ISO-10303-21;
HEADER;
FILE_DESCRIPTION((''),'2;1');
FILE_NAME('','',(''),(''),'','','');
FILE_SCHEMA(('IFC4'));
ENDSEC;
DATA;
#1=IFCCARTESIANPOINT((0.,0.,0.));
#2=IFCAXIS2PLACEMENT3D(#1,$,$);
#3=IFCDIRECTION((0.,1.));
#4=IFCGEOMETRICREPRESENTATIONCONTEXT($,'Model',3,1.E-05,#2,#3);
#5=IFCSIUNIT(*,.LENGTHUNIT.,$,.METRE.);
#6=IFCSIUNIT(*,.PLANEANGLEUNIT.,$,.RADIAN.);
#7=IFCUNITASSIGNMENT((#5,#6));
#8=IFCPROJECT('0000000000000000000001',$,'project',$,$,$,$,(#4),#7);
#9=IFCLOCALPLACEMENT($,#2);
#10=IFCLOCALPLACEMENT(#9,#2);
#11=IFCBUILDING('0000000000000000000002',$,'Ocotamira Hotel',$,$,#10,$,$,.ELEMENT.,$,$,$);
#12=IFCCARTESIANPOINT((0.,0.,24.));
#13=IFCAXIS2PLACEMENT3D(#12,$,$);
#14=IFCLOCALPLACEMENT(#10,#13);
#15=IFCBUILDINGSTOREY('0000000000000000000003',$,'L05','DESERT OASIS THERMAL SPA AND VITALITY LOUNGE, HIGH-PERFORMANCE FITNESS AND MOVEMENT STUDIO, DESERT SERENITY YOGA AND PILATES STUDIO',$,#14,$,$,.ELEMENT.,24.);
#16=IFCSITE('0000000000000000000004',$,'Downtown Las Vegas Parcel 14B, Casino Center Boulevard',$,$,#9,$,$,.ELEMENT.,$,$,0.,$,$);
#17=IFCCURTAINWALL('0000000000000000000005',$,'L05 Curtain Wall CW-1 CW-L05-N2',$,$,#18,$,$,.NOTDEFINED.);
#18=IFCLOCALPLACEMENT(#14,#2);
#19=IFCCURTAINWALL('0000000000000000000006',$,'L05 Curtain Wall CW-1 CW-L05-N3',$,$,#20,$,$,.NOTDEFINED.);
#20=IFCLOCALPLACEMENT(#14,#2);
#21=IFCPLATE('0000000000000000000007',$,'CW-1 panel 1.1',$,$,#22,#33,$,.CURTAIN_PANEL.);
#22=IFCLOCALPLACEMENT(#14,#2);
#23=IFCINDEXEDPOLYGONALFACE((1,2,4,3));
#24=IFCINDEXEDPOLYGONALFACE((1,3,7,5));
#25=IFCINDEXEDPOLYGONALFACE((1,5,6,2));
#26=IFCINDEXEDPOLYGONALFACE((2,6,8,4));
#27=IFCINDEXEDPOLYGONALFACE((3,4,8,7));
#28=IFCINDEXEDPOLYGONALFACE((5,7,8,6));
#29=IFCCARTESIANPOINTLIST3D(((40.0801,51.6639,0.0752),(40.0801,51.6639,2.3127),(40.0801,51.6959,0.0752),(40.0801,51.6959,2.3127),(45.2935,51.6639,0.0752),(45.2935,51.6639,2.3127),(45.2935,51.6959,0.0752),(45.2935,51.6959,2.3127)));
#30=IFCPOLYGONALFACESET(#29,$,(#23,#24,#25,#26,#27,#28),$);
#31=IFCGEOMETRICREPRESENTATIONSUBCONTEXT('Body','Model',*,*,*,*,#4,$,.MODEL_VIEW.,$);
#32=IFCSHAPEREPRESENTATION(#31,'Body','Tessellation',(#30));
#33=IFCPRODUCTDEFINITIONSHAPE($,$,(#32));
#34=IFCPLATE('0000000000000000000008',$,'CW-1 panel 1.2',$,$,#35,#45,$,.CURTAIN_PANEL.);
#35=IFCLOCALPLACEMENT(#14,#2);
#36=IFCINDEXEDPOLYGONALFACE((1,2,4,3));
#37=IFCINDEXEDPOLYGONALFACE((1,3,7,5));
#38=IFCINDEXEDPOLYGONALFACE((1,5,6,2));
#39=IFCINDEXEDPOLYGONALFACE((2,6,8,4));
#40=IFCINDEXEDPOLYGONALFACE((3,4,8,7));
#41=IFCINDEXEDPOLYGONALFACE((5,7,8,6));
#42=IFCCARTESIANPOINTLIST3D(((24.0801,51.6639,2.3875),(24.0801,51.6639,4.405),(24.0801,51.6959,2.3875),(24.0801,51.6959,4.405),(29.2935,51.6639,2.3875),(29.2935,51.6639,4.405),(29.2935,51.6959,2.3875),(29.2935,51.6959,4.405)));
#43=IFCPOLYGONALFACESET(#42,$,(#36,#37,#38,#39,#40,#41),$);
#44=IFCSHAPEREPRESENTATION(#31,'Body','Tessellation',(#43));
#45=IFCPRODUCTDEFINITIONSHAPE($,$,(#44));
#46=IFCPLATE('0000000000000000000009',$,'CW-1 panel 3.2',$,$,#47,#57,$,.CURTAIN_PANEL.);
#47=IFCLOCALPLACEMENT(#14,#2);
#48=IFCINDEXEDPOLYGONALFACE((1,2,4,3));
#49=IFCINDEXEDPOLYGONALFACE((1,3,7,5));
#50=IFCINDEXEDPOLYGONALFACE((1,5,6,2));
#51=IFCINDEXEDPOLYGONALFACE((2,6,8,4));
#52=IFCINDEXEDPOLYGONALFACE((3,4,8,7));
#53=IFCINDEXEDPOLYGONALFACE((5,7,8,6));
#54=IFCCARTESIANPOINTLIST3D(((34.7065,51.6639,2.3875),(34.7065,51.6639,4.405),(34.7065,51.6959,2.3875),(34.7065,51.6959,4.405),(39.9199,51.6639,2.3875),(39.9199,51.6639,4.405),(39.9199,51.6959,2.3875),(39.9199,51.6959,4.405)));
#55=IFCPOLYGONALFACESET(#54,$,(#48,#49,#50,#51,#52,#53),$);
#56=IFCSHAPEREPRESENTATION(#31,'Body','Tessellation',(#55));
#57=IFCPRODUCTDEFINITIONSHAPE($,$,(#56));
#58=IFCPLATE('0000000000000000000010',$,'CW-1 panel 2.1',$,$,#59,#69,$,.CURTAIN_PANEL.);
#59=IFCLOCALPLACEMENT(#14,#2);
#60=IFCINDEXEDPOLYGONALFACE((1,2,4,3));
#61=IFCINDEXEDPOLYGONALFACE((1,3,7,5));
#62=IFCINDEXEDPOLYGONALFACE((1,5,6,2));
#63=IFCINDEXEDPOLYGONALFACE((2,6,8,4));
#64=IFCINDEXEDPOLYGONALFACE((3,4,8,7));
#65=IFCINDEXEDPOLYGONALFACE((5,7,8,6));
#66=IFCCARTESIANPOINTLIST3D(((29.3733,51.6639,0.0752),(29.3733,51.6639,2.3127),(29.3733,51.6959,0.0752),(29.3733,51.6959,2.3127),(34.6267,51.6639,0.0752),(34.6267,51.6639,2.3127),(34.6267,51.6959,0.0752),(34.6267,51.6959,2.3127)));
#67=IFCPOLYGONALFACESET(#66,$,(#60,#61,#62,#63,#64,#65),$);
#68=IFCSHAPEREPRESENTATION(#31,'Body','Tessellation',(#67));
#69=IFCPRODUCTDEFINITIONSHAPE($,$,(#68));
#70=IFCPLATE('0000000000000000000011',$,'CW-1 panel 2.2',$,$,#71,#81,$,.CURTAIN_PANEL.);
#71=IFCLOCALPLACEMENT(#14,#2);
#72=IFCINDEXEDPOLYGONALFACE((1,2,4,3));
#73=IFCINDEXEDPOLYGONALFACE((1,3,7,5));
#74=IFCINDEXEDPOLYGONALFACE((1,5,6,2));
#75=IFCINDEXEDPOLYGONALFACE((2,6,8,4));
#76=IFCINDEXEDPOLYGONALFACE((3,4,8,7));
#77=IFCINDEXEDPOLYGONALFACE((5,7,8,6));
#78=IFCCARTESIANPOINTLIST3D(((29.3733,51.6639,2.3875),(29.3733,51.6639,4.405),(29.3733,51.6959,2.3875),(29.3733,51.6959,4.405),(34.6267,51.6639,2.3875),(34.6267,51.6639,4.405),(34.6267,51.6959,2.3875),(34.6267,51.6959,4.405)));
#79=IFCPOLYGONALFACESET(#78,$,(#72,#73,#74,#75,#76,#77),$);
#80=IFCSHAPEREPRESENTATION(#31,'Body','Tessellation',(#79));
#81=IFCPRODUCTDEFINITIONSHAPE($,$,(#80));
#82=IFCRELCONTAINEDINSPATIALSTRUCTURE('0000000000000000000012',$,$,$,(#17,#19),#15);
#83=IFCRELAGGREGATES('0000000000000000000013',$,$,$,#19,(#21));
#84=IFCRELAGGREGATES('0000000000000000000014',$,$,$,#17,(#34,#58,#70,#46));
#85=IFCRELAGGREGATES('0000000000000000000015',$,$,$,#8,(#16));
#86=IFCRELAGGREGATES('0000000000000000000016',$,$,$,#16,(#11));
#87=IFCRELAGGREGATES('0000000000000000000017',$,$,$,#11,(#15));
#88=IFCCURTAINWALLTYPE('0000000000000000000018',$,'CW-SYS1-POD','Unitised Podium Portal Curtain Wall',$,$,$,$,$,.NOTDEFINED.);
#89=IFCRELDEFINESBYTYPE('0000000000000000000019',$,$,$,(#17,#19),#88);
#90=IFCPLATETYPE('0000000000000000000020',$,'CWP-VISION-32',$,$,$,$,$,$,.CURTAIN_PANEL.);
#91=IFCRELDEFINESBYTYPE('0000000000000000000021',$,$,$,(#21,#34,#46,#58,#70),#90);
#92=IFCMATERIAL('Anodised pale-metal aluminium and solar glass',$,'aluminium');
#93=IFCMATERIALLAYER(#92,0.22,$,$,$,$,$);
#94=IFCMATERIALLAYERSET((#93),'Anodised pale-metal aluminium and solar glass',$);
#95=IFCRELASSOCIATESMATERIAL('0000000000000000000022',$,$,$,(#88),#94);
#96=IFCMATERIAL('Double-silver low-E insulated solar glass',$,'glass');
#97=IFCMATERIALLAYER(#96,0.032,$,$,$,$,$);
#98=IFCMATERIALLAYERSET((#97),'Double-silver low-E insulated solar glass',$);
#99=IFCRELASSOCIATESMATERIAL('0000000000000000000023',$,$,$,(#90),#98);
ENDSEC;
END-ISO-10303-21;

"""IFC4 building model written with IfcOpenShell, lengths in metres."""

from ifc_helpers import new_model, si_unit, direction, frame, origin, origin_2d, place, context, subcontext, project, spatial, rectangle, extrude, source, transform, mapped, material, layer, layer_set, type_object, element, aggregate, save


model = new_model("IFC4")

# Units and contexts
model_context = context("Model", 3, precision=1e-05, world=origin(), true_north=direction((0.0, 1.0)))
body_context = subcontext(model_context, "Body", "Model", "MODEL_VIEW")
ifc_project = project(units=[si_unit("LENGTHUNIT", "METRE"), si_unit("PLANEANGLEUNIT", "RADIAN")], contexts=[model_context])

# Site, building, storey
site_placement = place(None, origin())
site = spatial("IfcSite", under=ifc_project, at=site_placement, Name="Downtown Las Vegas Parcel 14B, Casino Center Boulevard", CompositionType="ELEMENT", RefElevation=0.0)
building_placement = place(site_placement, origin())
building = spatial("IfcBuilding", under=site, at=building_placement, Name="Ocotamira Hotel", CompositionType="ELEMENT")
storey_placement = place(building_placement, frame((0.0, 0.0, 24.0)))
storey = spatial("IfcBuildingStorey", under=building, at=storey_placement, Name="L05", Description="DESERT OASIS THERMAL SPA AND VITALITY LOUNGE, HIGH-PERFORMANCE FITNESS AND MOVEMENT STUDIO, DESERT SERENITY YOGA AND PILATES STUDIO", CompositionType="ELEMENT", Elevation=24.0)

# Curtain wall
ifc_material_1 = material(Name="Anodised pale-metal aluminium and solar glass", Category="aluminium")
ifc_layer_1 = layer(ifc_material_1, 0.22)
ifc_layer_set_1 = layer_set([ifc_layer_1], Name="Anodised pale-metal aluminium and solar glass")
curtain_wall_type = type_object("IfcCurtainWallType", Name="CW-SYS1-POD", Description="Unitised Podium Portal Curtain Wall", PredefinedType="NOTDEFINED", material=ifc_layer_set_1)
curtain_wall_1_placement = place(storey_placement, origin())
curtain_wall_1 = element("IfcCurtainWall", 1, at=curtain_wall_1_placement, inside=storey, type_object=curtain_wall_type, Name="L05 Curtain Wall CW-1 CW-L05-N2", PredefinedType="NOTDEFINED")

# Curtain wall
curtain_wall_2_placement = place(storey_placement, origin())
curtain_wall_2 = element("IfcCurtainWall", 2, at=curtain_wall_2_placement, inside=storey, type_object=curtain_wall_type, Name="L05 Curtain Wall CW-1 CW-L05-N3", PredefinedType="NOTDEFINED")

# Plates
ifc_material_2 = material(Name="Double-silver low-E insulated solar glass", Category="glass")
ifc_layer_2 = layer(ifc_material_2, 0.032)
ifc_layer_set_2 = layer_set([ifc_layer_2], Name="Double-silver low-E insulated solar glass")
plate_type = type_object("IfcPlateType", Name="CWP-VISION-32", PredefinedType="CURTAIN_PANEL", material=ifc_layer_set_2)
shared_shape_1 = source(origin(), body_context, "Body", "SweptSolid", [
    extrude(rectangle(XDim=5.2134, YDim=0.032, at=origin_2d()), origin(), (0.0, 0.0, 1.0), 2.2375),
])
plate_1_placement = place(storey_placement, frame((42.6868, 51.6799, 0.0752), z_axis=(0.0, 0.0, 1.0), x_axis=(1.0, 0.0, 0.0)))
plate_1 = element("IfcPlate", 3, at=plate_1_placement, type_object=plate_type, Name="CW-1 panel 1.1", PredefinedType="CURTAIN_PANEL", context=body_context, shape_type="MappedRepresentation", body=[
    mapped(shared_shape_1, transform((0.0, 0.0, 0.0), scale=1.0)),
])
aggregate(curtain_wall_2, [plate_1])
shared_shape_2 = source(origin(), body_context, "Body", "SweptSolid", [
    extrude(rectangle(XDim=5.2134, YDim=0.032, at=origin_2d()), origin(), (0.0, 0.0, 1.0), 2.0176),
])
plate_2_placement = place(storey_placement, frame((26.6868, 51.6799, 2.3875), z_axis=(0.0, 0.0, 1.0), x_axis=(1.0, 0.0, 0.0)))
plate_2 = element("IfcPlate", 4, at=plate_2_placement, type_object=plate_type, Name="CW-1 panel 1.2", PredefinedType="CURTAIN_PANEL", context=body_context, shape_type="MappedRepresentation", body=[
    mapped(shared_shape_2, transform((0.0, 0.0, 0.0), scale=1.0)),
])
plate_3_placement = place(storey_placement, frame((37.3132, 51.6799, 2.3875), z_axis=(0.0, 0.0, 1.0), x_axis=(1.0, 0.0, 0.0)))
plate_3 = element("IfcPlate", 5, at=plate_3_placement, type_object=plate_type, Name="CW-1 panel 3.2", PredefinedType="CURTAIN_PANEL", context=body_context, shape_type="MappedRepresentation", body=[
    mapped(shared_shape_2, transform((0.0, 0.0, 0.0), scale=1.0)),
])
shared_shape_3 = source(origin(), body_context, "Body", "SweptSolid", [
    extrude(rectangle(XDim=5.2534, YDim=0.032, at=origin_2d()), origin(), (0.0, 0.0, 1.0), 2.2375),
])
plate_4_placement = place(storey_placement, frame((32.0, 51.6799, 0.0752), z_axis=(0.0, 0.0, 1.0), x_axis=(1.0, 0.0, 0.0)))
plate_4 = element("IfcPlate", 6, at=plate_4_placement, type_object=plate_type, Name="CW-1 panel 2.1", PredefinedType="CURTAIN_PANEL", context=body_context, shape_type="MappedRepresentation", body=[
    mapped(shared_shape_3, transform((0.0, 0.0, 0.0), scale=1.0)),
])
shared_shape_4 = source(origin(), body_context, "Body", "SweptSolid", [
    extrude(rectangle(XDim=5.2534, YDim=0.032, at=origin_2d()), origin(), (0.0, 0.0, 1.0), 2.0176),
])
plate_5_placement = place(storey_placement, frame((32.0, 51.6799, 2.3875), z_axis=(0.0, 0.0, 1.0), x_axis=(1.0, 0.0, 0.0)))
plate_5 = element("IfcPlate", 7, at=plate_5_placement, type_object=plate_type, Name="CW-1 panel 2.2", PredefinedType="CURTAIN_PANEL", context=body_context, shape_type="MappedRepresentation", body=[
    mapped(shared_shape_4, transform((0.0, 0.0, 0.0), scale=1.0)),
])
aggregate(curtain_wall_1, [plate_2, plate_4, plate_5, plate_3])

save(model, "model.ifc")
